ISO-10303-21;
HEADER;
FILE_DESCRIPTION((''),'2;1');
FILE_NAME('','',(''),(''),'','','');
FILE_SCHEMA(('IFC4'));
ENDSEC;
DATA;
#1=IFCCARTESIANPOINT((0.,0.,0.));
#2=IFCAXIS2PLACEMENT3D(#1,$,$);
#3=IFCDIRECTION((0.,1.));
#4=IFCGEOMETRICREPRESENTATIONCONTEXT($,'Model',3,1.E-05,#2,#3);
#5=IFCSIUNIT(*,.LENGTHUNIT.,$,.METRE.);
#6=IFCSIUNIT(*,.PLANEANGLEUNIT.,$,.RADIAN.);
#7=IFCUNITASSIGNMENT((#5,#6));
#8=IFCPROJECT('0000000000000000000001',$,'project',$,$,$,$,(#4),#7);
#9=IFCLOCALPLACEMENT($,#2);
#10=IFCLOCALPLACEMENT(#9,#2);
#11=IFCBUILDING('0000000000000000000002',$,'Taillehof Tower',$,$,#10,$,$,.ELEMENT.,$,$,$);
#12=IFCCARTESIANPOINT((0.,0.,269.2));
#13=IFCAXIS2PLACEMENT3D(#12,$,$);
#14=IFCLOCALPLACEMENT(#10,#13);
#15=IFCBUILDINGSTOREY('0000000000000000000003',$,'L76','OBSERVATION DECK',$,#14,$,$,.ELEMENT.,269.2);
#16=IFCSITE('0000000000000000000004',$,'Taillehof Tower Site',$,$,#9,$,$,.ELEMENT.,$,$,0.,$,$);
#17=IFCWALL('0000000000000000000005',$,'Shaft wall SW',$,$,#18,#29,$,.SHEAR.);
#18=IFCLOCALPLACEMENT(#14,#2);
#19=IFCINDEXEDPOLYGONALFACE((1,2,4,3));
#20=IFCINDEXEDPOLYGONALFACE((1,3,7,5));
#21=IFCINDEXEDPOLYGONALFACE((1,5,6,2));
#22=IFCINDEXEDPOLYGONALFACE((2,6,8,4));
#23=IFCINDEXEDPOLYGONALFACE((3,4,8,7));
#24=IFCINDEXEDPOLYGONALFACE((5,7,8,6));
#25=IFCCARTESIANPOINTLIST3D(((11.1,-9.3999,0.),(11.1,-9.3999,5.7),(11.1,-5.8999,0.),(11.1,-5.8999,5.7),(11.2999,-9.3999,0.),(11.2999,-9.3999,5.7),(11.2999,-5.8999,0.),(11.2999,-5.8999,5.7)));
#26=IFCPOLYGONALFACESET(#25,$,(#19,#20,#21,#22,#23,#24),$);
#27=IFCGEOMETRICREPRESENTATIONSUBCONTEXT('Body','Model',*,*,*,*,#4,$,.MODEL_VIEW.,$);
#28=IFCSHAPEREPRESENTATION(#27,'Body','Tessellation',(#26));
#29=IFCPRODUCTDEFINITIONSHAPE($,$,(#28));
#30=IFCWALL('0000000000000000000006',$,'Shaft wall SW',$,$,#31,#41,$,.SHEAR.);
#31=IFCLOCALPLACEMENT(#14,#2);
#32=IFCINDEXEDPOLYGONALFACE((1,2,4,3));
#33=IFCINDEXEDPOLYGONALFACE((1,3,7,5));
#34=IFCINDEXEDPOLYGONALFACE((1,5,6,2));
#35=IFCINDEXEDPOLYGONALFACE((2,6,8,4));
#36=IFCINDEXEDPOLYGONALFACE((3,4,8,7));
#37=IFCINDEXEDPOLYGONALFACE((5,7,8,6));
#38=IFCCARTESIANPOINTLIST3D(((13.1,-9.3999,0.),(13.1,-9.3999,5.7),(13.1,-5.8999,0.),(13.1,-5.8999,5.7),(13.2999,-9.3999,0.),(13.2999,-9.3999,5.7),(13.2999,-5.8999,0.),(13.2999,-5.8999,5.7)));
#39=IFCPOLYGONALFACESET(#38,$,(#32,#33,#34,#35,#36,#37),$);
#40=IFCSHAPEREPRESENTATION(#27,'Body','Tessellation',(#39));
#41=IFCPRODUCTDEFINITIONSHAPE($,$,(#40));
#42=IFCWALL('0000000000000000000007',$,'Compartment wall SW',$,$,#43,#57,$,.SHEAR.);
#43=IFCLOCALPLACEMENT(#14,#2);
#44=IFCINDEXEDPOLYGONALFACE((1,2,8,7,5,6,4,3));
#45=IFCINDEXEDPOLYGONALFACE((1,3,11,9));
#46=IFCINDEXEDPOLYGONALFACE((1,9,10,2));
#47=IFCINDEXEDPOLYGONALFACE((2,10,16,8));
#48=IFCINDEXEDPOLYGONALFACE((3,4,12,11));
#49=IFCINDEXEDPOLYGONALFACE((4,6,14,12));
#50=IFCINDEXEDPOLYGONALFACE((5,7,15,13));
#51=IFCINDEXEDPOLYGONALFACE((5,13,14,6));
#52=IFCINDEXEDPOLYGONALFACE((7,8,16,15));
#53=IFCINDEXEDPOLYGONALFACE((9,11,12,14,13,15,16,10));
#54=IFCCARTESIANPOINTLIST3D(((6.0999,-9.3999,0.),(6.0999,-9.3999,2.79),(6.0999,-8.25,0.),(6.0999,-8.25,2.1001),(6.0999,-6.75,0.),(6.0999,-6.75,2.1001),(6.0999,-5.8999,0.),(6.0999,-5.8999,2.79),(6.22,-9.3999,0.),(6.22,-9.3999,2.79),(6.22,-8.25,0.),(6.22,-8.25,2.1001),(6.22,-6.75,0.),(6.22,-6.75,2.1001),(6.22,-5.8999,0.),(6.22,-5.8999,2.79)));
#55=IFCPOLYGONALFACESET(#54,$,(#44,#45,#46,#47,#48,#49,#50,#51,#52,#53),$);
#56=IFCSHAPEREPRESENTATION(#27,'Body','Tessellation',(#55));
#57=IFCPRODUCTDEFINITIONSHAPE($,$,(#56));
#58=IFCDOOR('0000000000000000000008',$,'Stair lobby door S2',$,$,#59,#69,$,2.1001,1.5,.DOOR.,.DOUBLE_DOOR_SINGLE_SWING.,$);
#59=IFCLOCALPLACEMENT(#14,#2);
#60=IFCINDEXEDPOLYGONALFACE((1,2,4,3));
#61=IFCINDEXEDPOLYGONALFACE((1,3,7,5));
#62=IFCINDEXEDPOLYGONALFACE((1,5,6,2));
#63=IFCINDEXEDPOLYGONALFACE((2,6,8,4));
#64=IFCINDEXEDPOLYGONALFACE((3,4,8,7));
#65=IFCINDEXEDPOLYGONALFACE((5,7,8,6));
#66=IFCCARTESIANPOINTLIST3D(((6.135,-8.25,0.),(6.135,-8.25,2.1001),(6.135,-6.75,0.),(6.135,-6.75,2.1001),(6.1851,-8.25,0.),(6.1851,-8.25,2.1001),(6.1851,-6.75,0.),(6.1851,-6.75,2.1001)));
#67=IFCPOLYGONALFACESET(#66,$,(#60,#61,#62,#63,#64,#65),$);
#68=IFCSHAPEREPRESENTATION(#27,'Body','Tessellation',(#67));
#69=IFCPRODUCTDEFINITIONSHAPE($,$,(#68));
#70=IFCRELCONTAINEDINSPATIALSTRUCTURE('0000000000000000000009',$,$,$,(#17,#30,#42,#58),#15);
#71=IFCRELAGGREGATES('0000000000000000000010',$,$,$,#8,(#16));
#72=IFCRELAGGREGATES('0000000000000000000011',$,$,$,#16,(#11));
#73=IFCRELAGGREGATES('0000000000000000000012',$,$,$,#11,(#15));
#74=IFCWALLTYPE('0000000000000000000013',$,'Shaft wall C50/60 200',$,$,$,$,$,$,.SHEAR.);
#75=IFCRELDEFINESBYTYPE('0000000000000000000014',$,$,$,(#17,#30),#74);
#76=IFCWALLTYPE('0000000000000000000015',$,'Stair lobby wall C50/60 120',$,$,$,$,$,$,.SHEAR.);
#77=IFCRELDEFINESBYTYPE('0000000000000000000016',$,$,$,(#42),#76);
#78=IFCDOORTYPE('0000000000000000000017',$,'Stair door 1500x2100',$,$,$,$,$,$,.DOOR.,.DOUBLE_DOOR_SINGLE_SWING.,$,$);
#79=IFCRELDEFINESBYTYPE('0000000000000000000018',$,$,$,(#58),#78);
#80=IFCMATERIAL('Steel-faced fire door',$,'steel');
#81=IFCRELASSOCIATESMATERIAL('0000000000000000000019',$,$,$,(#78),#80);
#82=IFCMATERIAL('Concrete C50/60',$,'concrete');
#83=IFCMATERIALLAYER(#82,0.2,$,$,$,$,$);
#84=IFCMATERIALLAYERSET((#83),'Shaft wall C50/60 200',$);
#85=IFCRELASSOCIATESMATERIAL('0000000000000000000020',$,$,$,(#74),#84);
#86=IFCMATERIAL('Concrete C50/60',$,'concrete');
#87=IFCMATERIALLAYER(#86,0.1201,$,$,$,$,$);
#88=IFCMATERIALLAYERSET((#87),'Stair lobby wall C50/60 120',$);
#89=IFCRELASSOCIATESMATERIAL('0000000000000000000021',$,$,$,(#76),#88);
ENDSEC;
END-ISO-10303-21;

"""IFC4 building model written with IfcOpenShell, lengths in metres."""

from ifc_helpers import new_model, si_unit, direction, frame, frame_2d, origin, place, context, subcontext, project, spatial, rectangle, extrude, material, layer, layer_set, type_object, element, fill, save


model = new_model("IFC4")

# Units and contexts
model_context = context("Model", 3, precision=1e-05, world=origin(), true_north=direction((0.0, 1.0)))
body_context = subcontext(model_context, "Body", "Model", "MODEL_VIEW")
ifc_project = project(units=[si_unit("LENGTHUNIT", "METRE"), si_unit("PLANEANGLEUNIT", "RADIAN")], contexts=[model_context])

# Site, building, storey
site_placement = place(None, origin())
site = spatial("IfcSite", under=ifc_project, at=site_placement, Name="Taillehof Tower Site", CompositionType="ELEMENT", RefElevation=0.0)
building_placement = place(site_placement, origin())
building = spatial("IfcBuilding", under=site, at=building_placement, Name="Taillehof Tower", CompositionType="ELEMENT")
storey_placement = place(building_placement, frame((0.0, 0.0, 269.2)))
storey = spatial("IfcBuildingStorey", under=building, at=storey_placement, Name="L76", Description="OBSERVATION DECK", CompositionType="ELEMENT", Elevation=269.2)

# Shared definitions
ifc_material_1 = material(Name="Steel-faced fire door", Category="steel")
door_type_1 = type_object("IfcDoorType", Name="Stair door 1500x2100", OperationType="DOUBLE_DOOR_SINGLE_SWING", PredefinedType="DOOR", material=ifc_material_1)

# Walls
ifc_material_2 = material(Name="Concrete C50/60", Category="concrete")
ifc_layer_1 = layer(ifc_material_2, 0.2)
ifc_layer_set_1 = layer_set([ifc_layer_1], Name="Shaft wall C50/60 200")
wall_type_1 = type_object("IfcWallType", Name="Shaft wall C50/60 200", PredefinedType="SHEAR", material=ifc_layer_set_1)
for number, where, z_axis, x_axis, name in (
    (1, (11.2, -9.3999, 0.0), (0.0, 0.0, 1.0), (0.0, 1.0, 0.0), "Shaft wall SW"),
    (2, (13.2, -9.3999, 0.0), (0.0, 0.0, 1.0), (0.0, 1.0, 0.0), "Shaft wall SW"),
):
    element("IfcWall", number, at=place(storey_placement, frame(where, z_axis=z_axis, x_axis=x_axis)), inside=storey, type_object=wall_type_1, Name=name, PredefinedType="SHEAR", context=body_context, shape_type="SweptSolid", body=[
        extrude(rectangle(XDim=3.5, YDim=0.2, at=frame_2d((1.75, 0.0))), origin(), (0.0, 0.0, 1.0), 5.7),
    ])

# Wall, opening, door
ifc_material_3 = material(Name="Concrete C50/60", Category="concrete")
ifc_layer_2 = layer(ifc_material_3, 0.1201)
ifc_layer_set_2 = layer_set([ifc_layer_2], Name="Stair lobby wall C50/60 120")
wall_type_2 = type_object("IfcWallType", Name="Stair lobby wall C50/60 120", PredefinedType="SHEAR", material=ifc_layer_set_2)
wall_1_placement = place(storey_placement, frame((6.1599, -9.3999, 0.0), z_axis=(0.0, 0.0, 1.0), x_axis=(0.0, 1.0, 0.0)))
wall_1 = element("IfcWall", 3, at=wall_1_placement, inside=storey, type_object=wall_type_2, Name="Compartment wall SW", PredefinedType="SHEAR", context=body_context, shape_type="SweptSolid", body=[
    extrude(rectangle(XDim=3.5, YDim=0.1201, at=frame_2d((1.75, 0.0))), origin(), (0.0, 0.0, 1.0), 2.79),
])
opening_1_placement = place(wall_1_placement, frame((1.1499, 0.0, 0.0)))
opening_1 = element("IfcOpeningElement", 4, at=opening_1_placement, cuts=wall_1, PredefinedType="OPENING", context=body_context, shape_type="SweptSolid", body=[
    extrude(rectangle(XDim=1.5, YDim=2.1001, at=frame_2d((0.75, 1.05))), frame((0.0, 0.0701, 0.0), z_axis=(0.0, -1.0, 0.0), x_axis=(1.0, 0.0, 0.0)), (0.0, 0.0, 1.0), 0.1401),
])
door_1_placement = place(opening_1_placement, origin())
door_1 = element("IfcDoor", 5, at=door_1_placement, inside=storey, type_object=door_type_1, Name="Stair lobby door S2", OperationType="DOUBLE_DOOR_SINGLE_SWING", OverallHeight=2.1001, OverallWidth=1.5, PredefinedType="DOOR", context=body_context, shape_type="SweptSolid", body=[
    extrude(rectangle(XDim=1.5, YDim=2.1001, at=frame_2d((0.75, 1.05))), frame((0.0, 0.0249, 0.0), z_axis=(0.0, -1.0, 0.0), x_axis=(1.0, 0.0, 0.0)), (0.0, 0.0, 1.0), 0.05),
])
fill(opening_1, door_1)

save(model, "model.ifc")
